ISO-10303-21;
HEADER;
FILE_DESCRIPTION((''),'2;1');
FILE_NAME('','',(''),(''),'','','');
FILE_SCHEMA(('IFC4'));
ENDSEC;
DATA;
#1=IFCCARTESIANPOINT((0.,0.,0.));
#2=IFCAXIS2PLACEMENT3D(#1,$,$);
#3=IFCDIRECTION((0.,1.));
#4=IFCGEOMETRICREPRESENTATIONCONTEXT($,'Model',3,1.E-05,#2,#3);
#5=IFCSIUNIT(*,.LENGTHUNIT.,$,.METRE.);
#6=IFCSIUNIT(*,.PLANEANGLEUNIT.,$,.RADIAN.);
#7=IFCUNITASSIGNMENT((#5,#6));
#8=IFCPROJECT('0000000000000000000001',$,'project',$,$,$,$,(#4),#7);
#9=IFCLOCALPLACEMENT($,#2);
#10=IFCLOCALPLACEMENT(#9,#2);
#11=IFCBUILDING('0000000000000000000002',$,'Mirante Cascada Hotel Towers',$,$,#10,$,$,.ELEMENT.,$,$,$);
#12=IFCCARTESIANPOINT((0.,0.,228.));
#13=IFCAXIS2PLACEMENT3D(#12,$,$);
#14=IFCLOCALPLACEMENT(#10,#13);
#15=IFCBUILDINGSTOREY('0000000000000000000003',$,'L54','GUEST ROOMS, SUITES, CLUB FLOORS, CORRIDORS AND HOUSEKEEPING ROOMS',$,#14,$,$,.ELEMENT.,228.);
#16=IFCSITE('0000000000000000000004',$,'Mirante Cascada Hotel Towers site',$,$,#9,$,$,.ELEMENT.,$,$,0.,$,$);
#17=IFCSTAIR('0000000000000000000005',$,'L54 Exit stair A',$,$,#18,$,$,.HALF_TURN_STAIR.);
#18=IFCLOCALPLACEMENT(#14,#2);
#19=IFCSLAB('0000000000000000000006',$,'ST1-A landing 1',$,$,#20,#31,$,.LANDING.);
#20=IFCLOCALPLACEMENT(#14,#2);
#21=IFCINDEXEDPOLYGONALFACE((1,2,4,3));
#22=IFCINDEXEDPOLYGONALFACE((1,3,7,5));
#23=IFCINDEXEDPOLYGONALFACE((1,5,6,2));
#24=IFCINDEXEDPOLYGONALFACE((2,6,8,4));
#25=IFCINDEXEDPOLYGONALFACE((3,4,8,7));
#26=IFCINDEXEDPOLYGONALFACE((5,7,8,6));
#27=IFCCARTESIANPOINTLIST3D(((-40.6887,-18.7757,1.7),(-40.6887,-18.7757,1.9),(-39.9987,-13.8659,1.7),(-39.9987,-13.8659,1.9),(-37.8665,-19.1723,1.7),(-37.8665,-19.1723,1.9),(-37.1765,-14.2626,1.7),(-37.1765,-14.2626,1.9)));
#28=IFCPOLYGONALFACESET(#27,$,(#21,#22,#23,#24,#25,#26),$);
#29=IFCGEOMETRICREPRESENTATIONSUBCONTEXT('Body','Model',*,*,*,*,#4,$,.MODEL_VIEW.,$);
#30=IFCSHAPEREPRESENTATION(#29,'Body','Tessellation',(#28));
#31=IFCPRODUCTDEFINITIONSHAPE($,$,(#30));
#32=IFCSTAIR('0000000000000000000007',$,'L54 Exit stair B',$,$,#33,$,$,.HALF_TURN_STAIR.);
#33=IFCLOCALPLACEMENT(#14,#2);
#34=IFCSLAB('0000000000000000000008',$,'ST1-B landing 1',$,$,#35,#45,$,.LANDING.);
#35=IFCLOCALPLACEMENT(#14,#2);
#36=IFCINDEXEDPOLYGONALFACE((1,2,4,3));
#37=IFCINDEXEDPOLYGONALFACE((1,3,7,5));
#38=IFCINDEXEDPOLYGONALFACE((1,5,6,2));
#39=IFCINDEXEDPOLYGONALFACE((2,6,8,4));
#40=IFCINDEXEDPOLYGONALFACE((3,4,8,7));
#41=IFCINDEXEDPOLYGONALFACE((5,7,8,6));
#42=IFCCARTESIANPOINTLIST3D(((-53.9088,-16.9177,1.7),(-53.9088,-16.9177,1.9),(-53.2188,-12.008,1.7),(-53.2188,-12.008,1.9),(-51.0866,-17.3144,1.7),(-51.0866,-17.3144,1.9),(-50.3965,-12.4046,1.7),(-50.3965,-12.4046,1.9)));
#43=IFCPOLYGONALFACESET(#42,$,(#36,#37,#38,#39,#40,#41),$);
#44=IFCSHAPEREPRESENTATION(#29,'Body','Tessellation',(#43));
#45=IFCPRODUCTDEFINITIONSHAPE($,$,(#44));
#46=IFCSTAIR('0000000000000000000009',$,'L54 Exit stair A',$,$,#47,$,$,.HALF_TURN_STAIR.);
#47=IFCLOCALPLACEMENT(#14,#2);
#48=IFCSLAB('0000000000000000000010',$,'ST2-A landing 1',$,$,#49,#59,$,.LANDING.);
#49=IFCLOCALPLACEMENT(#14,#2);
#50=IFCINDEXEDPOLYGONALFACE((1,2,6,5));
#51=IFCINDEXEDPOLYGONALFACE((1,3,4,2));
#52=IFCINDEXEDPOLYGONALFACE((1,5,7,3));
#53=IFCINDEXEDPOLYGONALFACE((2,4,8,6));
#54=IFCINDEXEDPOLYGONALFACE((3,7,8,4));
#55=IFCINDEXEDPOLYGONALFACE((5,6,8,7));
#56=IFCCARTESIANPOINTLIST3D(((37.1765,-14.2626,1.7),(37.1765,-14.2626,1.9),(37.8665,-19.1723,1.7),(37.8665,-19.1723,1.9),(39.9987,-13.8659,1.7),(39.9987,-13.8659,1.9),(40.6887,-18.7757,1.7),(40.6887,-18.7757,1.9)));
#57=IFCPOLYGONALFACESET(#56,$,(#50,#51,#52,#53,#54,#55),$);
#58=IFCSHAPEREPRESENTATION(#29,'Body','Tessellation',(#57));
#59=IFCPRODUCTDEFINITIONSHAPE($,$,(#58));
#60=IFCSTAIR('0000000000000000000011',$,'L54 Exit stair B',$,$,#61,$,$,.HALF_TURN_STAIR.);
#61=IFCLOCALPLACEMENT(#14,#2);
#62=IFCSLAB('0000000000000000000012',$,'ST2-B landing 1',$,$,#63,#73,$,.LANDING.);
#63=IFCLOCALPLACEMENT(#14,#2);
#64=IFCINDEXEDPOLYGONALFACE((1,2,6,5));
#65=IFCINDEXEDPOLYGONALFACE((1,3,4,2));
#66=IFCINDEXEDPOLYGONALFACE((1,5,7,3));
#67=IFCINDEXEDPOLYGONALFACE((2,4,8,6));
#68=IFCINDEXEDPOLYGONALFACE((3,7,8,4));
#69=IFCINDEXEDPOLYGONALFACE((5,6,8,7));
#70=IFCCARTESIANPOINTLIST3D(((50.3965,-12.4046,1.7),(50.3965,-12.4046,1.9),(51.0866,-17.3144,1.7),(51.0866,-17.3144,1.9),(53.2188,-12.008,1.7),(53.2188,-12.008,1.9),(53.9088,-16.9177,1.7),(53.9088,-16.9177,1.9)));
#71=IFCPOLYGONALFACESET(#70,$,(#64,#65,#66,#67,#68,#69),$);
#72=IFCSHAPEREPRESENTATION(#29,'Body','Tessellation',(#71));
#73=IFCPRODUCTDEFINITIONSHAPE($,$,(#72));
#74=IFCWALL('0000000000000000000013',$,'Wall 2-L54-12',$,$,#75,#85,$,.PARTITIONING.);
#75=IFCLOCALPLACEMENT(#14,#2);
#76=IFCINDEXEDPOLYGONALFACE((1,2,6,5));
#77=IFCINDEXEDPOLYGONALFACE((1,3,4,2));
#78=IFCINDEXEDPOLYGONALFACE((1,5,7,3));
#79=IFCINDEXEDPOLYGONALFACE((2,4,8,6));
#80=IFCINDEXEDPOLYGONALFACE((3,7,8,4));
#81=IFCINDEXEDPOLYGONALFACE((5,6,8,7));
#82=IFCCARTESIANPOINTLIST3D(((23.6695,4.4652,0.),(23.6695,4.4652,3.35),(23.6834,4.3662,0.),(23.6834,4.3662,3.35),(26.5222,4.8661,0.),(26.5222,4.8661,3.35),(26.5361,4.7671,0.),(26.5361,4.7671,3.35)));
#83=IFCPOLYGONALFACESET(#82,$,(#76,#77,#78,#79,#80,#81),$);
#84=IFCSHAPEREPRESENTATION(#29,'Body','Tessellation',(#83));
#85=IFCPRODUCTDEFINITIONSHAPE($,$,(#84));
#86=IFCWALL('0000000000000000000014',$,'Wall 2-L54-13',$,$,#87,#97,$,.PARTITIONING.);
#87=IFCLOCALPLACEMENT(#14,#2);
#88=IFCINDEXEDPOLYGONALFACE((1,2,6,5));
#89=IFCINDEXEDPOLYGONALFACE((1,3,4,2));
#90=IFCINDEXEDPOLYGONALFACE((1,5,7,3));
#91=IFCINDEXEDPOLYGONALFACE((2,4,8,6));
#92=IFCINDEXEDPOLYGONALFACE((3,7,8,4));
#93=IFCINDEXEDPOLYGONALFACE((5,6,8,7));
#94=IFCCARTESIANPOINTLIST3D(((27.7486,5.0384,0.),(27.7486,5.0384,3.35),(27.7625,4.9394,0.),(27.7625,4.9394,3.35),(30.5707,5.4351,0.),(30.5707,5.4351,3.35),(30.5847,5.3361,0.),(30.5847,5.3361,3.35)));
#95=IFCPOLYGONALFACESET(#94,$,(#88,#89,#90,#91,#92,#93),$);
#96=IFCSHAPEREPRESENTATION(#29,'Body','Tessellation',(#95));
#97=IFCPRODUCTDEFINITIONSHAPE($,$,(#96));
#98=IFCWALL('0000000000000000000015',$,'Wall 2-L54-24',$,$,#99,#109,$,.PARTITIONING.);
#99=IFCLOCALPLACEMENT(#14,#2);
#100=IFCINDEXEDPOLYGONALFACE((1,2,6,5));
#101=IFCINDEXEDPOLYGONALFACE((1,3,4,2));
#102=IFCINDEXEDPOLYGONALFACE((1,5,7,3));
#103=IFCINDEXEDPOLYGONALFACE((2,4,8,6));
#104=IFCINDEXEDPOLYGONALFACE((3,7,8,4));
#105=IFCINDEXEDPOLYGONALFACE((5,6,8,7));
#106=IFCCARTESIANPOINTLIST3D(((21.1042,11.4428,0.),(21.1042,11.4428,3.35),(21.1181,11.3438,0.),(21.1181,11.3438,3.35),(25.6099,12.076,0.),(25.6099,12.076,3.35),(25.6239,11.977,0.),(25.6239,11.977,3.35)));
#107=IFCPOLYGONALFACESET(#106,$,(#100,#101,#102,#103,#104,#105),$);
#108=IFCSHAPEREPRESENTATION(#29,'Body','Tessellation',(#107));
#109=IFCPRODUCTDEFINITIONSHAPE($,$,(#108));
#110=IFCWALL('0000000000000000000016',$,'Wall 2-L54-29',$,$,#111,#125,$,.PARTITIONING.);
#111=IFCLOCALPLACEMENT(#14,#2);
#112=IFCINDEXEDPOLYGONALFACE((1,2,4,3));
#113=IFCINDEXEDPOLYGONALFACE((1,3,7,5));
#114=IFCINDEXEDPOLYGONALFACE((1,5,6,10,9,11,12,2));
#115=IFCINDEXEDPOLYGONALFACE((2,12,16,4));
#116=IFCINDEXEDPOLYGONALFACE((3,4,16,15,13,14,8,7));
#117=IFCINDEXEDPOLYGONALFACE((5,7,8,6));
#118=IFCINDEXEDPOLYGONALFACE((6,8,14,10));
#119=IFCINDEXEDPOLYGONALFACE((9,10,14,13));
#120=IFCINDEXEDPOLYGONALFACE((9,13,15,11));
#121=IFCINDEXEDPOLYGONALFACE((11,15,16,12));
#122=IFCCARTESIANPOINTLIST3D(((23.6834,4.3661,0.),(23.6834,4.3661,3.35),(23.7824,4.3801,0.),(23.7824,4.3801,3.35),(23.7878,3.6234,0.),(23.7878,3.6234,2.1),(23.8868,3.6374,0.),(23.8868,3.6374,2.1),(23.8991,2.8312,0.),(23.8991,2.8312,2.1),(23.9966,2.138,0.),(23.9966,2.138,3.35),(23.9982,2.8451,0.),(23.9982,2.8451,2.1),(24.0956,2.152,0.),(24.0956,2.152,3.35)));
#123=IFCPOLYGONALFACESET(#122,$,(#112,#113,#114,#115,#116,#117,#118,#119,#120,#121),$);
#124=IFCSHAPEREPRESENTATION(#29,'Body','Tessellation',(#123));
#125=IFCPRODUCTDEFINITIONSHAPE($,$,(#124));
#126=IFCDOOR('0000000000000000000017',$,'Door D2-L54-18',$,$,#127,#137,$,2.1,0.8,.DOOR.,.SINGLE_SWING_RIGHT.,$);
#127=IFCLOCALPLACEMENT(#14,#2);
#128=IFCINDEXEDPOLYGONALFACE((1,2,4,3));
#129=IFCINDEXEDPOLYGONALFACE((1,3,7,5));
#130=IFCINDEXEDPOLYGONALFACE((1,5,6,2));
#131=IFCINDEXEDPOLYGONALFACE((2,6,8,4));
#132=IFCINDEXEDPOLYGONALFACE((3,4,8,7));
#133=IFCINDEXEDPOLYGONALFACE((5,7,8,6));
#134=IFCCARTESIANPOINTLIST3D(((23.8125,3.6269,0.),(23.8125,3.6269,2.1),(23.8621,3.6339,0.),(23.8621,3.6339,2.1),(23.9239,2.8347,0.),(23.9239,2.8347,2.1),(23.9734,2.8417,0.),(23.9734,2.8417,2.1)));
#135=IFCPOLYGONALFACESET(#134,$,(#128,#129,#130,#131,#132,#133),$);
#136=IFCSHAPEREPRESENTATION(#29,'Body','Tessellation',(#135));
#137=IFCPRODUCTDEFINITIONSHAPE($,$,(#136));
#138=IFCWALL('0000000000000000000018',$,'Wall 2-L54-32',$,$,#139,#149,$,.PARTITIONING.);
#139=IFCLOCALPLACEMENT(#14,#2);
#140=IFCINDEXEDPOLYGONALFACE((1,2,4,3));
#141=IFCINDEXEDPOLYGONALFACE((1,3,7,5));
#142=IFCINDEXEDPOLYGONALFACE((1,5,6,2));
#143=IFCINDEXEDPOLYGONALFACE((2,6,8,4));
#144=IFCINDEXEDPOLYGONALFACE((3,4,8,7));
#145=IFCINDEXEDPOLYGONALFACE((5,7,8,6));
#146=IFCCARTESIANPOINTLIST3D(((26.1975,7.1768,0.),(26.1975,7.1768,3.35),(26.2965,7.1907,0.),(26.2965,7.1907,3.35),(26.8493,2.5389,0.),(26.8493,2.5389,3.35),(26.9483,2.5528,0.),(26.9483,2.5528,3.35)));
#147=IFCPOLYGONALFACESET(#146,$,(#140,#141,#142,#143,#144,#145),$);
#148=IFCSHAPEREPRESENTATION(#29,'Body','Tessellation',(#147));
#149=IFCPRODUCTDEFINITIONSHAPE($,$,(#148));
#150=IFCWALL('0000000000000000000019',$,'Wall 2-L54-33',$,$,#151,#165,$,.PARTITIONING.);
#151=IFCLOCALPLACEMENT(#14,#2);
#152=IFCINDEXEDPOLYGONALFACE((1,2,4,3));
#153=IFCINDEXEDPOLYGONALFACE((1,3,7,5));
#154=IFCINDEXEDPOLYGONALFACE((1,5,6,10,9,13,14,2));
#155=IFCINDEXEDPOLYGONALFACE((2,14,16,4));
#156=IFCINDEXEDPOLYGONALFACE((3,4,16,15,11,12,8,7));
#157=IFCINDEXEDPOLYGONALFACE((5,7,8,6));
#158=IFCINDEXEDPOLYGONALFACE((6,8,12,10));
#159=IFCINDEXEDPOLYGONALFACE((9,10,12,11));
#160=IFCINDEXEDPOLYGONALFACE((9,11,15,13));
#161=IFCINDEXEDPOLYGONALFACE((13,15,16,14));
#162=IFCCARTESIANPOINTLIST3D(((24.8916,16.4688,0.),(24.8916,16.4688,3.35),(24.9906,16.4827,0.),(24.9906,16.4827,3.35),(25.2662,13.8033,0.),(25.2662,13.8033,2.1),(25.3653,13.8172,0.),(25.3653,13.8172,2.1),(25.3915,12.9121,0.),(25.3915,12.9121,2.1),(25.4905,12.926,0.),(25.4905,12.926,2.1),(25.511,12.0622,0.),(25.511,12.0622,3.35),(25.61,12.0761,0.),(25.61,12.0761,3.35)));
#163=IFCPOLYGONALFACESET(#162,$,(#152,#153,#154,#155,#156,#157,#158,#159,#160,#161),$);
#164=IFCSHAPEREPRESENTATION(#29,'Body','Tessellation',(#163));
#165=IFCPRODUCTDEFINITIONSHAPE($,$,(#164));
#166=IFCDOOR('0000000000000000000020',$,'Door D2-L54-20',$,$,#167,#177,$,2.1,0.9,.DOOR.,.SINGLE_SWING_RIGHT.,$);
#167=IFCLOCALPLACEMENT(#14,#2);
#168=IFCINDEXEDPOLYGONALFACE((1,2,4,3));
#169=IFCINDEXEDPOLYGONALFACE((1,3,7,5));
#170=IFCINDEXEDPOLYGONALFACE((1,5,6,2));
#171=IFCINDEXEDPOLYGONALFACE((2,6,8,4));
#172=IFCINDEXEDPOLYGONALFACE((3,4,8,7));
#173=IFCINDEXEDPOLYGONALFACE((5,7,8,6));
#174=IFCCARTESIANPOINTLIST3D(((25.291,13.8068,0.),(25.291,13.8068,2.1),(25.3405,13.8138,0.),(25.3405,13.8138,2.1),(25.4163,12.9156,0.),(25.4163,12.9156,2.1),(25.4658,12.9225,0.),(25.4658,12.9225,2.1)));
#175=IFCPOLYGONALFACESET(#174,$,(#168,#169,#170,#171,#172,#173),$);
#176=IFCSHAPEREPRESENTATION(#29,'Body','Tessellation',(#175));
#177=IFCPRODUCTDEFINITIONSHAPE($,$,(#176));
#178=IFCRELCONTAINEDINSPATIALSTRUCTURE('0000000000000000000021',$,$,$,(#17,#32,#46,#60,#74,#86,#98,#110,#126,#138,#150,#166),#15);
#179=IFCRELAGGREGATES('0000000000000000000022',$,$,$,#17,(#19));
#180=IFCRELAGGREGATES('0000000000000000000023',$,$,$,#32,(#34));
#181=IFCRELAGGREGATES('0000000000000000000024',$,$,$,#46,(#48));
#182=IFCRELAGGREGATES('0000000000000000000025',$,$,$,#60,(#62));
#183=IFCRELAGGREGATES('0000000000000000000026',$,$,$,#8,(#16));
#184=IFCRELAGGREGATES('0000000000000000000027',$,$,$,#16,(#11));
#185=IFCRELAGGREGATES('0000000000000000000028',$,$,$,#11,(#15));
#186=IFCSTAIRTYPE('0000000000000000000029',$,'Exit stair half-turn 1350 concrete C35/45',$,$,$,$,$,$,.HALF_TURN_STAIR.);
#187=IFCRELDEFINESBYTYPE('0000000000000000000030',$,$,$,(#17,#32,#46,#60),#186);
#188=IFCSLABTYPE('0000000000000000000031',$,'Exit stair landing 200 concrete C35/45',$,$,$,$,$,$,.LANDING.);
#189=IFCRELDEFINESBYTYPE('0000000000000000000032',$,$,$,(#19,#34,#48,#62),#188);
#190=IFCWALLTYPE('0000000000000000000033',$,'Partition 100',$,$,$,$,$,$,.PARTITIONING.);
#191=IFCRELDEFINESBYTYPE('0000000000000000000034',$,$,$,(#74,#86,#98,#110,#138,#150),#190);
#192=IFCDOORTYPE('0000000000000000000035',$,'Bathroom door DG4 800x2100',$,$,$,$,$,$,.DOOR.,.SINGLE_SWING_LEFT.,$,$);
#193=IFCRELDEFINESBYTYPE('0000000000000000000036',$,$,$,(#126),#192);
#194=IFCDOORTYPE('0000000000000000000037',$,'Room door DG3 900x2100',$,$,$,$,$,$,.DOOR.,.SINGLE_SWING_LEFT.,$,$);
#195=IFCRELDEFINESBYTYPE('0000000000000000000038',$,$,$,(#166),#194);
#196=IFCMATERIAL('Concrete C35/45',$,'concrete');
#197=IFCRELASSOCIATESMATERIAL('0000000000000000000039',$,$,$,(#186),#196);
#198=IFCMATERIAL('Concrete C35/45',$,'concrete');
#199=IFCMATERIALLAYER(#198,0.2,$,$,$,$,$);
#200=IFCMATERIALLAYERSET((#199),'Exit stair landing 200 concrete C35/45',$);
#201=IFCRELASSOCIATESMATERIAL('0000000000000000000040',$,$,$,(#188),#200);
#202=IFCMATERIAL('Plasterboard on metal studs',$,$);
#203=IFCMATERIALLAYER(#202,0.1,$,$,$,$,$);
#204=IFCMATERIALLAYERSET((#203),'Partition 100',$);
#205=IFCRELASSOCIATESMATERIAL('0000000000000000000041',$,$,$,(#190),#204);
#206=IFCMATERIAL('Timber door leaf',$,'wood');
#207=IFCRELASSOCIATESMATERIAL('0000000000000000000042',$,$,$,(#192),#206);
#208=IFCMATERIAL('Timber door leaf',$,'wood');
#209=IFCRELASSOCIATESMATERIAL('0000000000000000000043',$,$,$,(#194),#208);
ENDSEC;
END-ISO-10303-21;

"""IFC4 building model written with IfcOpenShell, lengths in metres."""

from ifc_helpers import new_model, si_unit, direction, frame, frame_2d, origin, place, context, subcontext, project, spatial, polyline, rectangle, outline, extrude, material, layer, layer_set, type_object, element, fill, aggregate, save


model = new_model("IFC4")

# Units and contexts
model_context = context("Model", 3, precision=1e-05, world=origin(), true_north=direction((0.0, 1.0)))
body_context = subcontext(model_context, "Body", "Model", "MODEL_VIEW")
ifc_project = project(units=[si_unit("LENGTHUNIT", "METRE"), si_unit("PLANEANGLEUNIT", "RADIAN")], contexts=[model_context])

# Site, building, storey
site_placement = place(None, origin())
site = spatial("IfcSite", under=ifc_project, at=site_placement, Name="Mirante Cascada Hotel Towers site", CompositionType="ELEMENT", RefElevation=0.0)
building_placement = place(site_placement, origin())
building = spatial("IfcBuilding", under=site, at=building_placement, Name="Mirante Cascada Hotel Towers", CompositionType="ELEMENT")
storey_placement = place(building_placement, frame((0.0, 0.0, 228.0)))
storey = spatial("IfcBuildingStorey", under=building, at=storey_placement, Name="L54", Description="GUEST ROOMS, SUITES, CLUB FLOORS, CORRIDORS AND HOUSEKEEPING ROOMS", CompositionType="ELEMENT", Elevation=228.0)

# Stairs, slabs
ifc_material_1 = material(Name="Concrete C35/45", Category="concrete")
stair_type = type_object("IfcStairType", Name="Exit stair half-turn 1350 concrete C35/45", PredefinedType="HALF_TURN_STAIR", material=ifc_material_1)
stair_1_placement = place(storey_placement, origin())
stair_1 = element("IfcStair", 1, at=stair_1_placement, inside=storey, type_object=stair_type, Name="L54 Exit stair A", PredefinedType="HALF_TURN_STAIR")
ifc_material_2 = material(Name="Concrete C35/45", Category="concrete")
ifc_layer_1 = layer(ifc_material_2, 0.2)
ifc_layer_set_1 = layer_set([ifc_layer_1], Name="Exit stair landing 200 concrete C35/45")
slab_type = type_object("IfcSlabType", Name="Exit stair landing 200 concrete C35/45", PredefinedType="LANDING", material=ifc_layer_set_1)
slab_1_placement = place(storey_placement, frame((0.0, 0.0, 1.7)))
slab_1 = element("IfcSlab", 2, at=slab_1_placement, type_object=slab_type, Name="ST1-A landing 1", PredefinedType="LANDING", context=body_context, shape_type="SweptSolid", body=[
    extrude(outline(polyline([(-39.9987, -13.8659), (-40.6887, -18.7757), (-37.8665, -19.1723), (-37.1765, -14.2626), (-39.9987, -13.8659)])), origin(), (0.0, 0.0, 1.0), 0.2),
])
aggregate(stair_1, [slab_1])
stair_2_placement = place(storey_placement, origin())
stair_2 = element("IfcStair", 3, at=stair_2_placement, inside=storey, type_object=stair_type, Name="L54 Exit stair B", PredefinedType="HALF_TURN_STAIR")
slab_2_placement = place(storey_placement, frame((0.0, 0.0, 1.7)))
slab_2 = element("IfcSlab", 4, at=slab_2_placement, type_object=slab_type, Name="ST1-B landing 1", PredefinedType="LANDING", context=body_context, shape_type="SweptSolid", body=[
    extrude(outline(polyline([(-53.2188, -12.008), (-53.9088, -16.9177), (-51.0866, -17.3144), (-50.3965, -12.4046), (-53.2188, -12.008)])), origin(), (0.0, 0.0, 1.0), 0.2),
])
aggregate(stair_2, [slab_2])
stair_3_placement = place(storey_placement, origin())
stair_3 = element("IfcStair", 5, at=stair_3_placement, inside=storey, type_object=stair_type, Name="L54 Exit stair A", PredefinedType="HALF_TURN_STAIR")
slab_3_placement = place(storey_placement, frame((0.0, 0.0, 1.7)))
slab_3 = element("IfcSlab", 6, at=slab_3_placement, type_object=slab_type, Name="ST2-A landing 1", PredefinedType="LANDING", context=body_context, shape_type="SweptSolid", body=[
    extrude(outline(polyline([(37.1765, -14.2626), (37.8665, -19.1723), (40.6887, -18.7757), (39.9987, -13.8659), (37.1765, -14.2626)])), origin(), (0.0, 0.0, 1.0), 0.2),
])
aggregate(stair_3, [slab_3])
stair_4_placement = place(storey_placement, origin())
stair_4 = element("IfcStair", 7, at=stair_4_placement, inside=storey, type_object=stair_type, Name="L54 Exit stair B", PredefinedType="HALF_TURN_STAIR")
slab_4_placement = place(storey_placement, frame((0.0, 0.0, 1.7)))
slab_4 = element("IfcSlab", 8, at=slab_4_placement, type_object=slab_type, Name="ST2-B landing 1", PredefinedType="LANDING", context=body_context, shape_type="SweptSolid", body=[
    extrude(outline(polyline([(50.3965, -12.4046), (51.0866, -17.3144), (53.9088, -16.9177), (53.2188, -12.008), (50.3965, -12.4046)])), origin(), (0.0, 0.0, 1.0), 0.2),
])
aggregate(stair_4, [slab_4])

# Walls
ifc_material_3 = material(Name="Plasterboard on metal studs")
ifc_layer_2 = layer(ifc_material_3, 0.1)
ifc_layer_set_2 = layer_set([ifc_layer_2], Name="Partition 100")
wall_type_1 = type_object("IfcWallType", Name="Partition 100", PredefinedType="PARTITIONING", material=ifc_layer_set_2)
wall_1_placement = place(storey_placement, frame((26.5292, 4.8166, 0.0), z_axis=(0.0, 0.0, 1.0), x_axis=(-0.990269, -0.139166, 0.0)))
element("IfcWall", 9, at=wall_1_placement, inside=storey, type_object=wall_type_1, Name="Wall 2-L54-12", PredefinedType="PARTITIONING", context=body_context, shape_type="SweptSolid", body=[
    extrude(rectangle(XDim=2.8807, YDim=0.1, at=frame_2d((1.4404, 0.0))), origin(), (0.0, 0.0, 1.0), 3.35),
])
wall_2_placement = place(storey_placement, frame((27.7555, 4.9889, 0.0), z_axis=(0.0, 0.0, 1.0), x_axis=(0.990265, 0.139196, 0.0)))
element("IfcWall", 10, at=wall_2_placement, inside=storey, type_object=wall_type_1, Name="Wall 2-L54-13", PredefinedType="PARTITIONING", context=body_context, shape_type="SweptSolid", body=[
    extrude(rectangle(XDim=2.8499, YDim=0.1, at=frame_2d((1.425, 0.0))), origin(), (0.0, 0.0, 1.0), 3.35),
])
wall_3_placement = place(storey_placement, frame((25.6169, 12.0265, 0.0), z_axis=(0.0, 0.0, 1.0), x_axis=(-0.990269, -0.139166, 0.0)))
element("IfcWall", 11, at=wall_3_placement, inside=storey, type_object=wall_type_1, Name="Wall 2-L54-24", PredefinedType="PARTITIONING", context=body_context, shape_type="SweptSolid", body=[
    extrude(rectangle(XDim=4.55, YDim=0.1, at=frame_2d((2.275, 0.0))), origin(), (0.0, 0.0, 1.0), 3.35),
])

# Wall, opening, door
wall_4_placement = place(storey_placement, frame((24.0461, 2.145, 0.0), z_axis=(0.0, 0.0, 1.0), x_axis=(-0.1392, 0.990264, 0.0)))
wall_4 = element("IfcWall", 12, at=wall_4_placement, inside=storey, type_object=wall_type_1, Name="Wall 2-L54-29", PredefinedType="PARTITIONING", context=body_context, shape_type="SweptSolid", body=[
    extrude(rectangle(XDim=2.25, YDim=0.1, at=frame_2d((1.125, 0.0))), origin(), (0.0, 0.0, 1.0), 3.35),
])
opening_1_placement = place(wall_4_placement, frame((0.7, 0.0, 0.0)))
opening_1 = element("IfcOpeningElement", 13, at=opening_1_placement, cuts=wall_4, PredefinedType="OPENING", context=body_context, shape_type="SweptSolid", body=[
    extrude(rectangle(XDim=0.8, YDim=2.1, at=frame_2d((0.4, 1.05))), frame((0.0, 0.05, 0.0), z_axis=(0.0, -1.0, 0.0), x_axis=(1.0, 0.0, 0.0)), (0.0, 0.0, 1.0), 0.1),
])
ifc_material_4 = material(Name="Timber door leaf", Category="wood")
door_type_1 = type_object("IfcDoorType", Name="Bathroom door DG4 800x2100", OperationType="SINGLE_SWING_LEFT", PredefinedType="DOOR", material=ifc_material_4)
door_1_placement = place(opening_1_placement, frame((0.8, 0.0, 0.0), z_axis=(0.0, 0.0, 1.0), x_axis=(-1.0, 0.0, 0.0)))
door_1 = element("IfcDoor", 14, at=door_1_placement, inside=storey, type_object=door_type_1, Name="Door D2-L54-18", OperationType="SINGLE_SWING_RIGHT", OverallHeight=2.1, OverallWidth=0.8, PredefinedType="DOOR", context=body_context, shape_type="SweptSolid", body=[
    extrude(rectangle(XDim=0.8, YDim=2.1, at=frame_2d((0.4, 1.05))), frame((0.0, 0.025, 0.0), z_axis=(0.0, -1.0, 0.0), x_axis=(1.0, 0.0, 0.0)), (0.0, 0.0, 1.0), 0.05),
])
fill(opening_1, door_1)

# Wall
wall_5_placement = place(storey_placement, frame((26.247, 7.1838, 0.0), z_axis=(0.0, 0.0, 1.0), x_axis=(0.13917, -0.990268, 0.0)))
element("IfcWall", 15, at=wall_5_placement, inside=storey, type_object=wall_type_1, Name="Wall 2-L54-32", PredefinedType="PARTITIONING", context=body_context, shape_type="SweptSolid", body=[
    extrude(rectangle(XDim=4.6835, YDim=0.1, at=frame_2d((2.3418, 0.0))), origin(), (0.0, 0.0, 1.0), 3.35),
])

# Wall, opening, door
wall_6_placement = place(storey_placement, frame((25.5605, 12.0691, 0.0), z_axis=(0.0, 0.0, 1.0), x_axis=(-0.139193, 0.990265, 0.0)))
wall_6 = element("IfcWall", 16, at=wall_6_placement, inside=storey, type_object=wall_type_1, Name="Wall 2-L54-33", PredefinedType="PARTITIONING", context=body_context, shape_type="SweptSolid", body=[
    extrude(rectangle(XDim=4.4499, YDim=0.1, at=frame_2d((2.225, 0.0))), origin(), (0.0, 0.0, 1.0), 3.35),
])
opening_2_placement = place(wall_6_placement, frame((0.8583, 0.0, 0.0)))
opening_2 = element("IfcOpeningElement", 17, at=opening_2_placement, cuts=wall_6, PredefinedType="OPENING", context=body_context, shape_type="SweptSolid", body=[
    extrude(rectangle(XDim=0.9, YDim=2.1, at=frame_2d((0.45, 1.05))), frame((0.0, 0.05, 0.0), z_axis=(0.0, -1.0, 0.0), x_axis=(1.0, 0.0, 0.0)), (0.0, 0.0, 1.0), 0.1),
])
ifc_material_5 = material(Name="Timber door leaf", Category="wood")
door_type_2 = type_object("IfcDoorType", Name="Room door DG3 900x2100", OperationType="SINGLE_SWING_LEFT", PredefinedType="DOOR", material=ifc_material_5)
door_2_placement = place(opening_2_placement, frame((0.9, 0.0, 0.0), z_axis=(0.0, 0.0, 1.0), x_axis=(-1.0, 0.0, 0.0)))
door_2 = element("IfcDoor", 18, at=door_2_placement, inside=storey, type_object=door_type_2, Name="Door D2-L54-20", OperationType="SINGLE_SWING_RIGHT", OverallHeight=2.1, OverallWidth=0.9, PredefinedType="DOOR", context=body_context, shape_type="SweptSolid", body=[
    extrude(rectangle(XDim=0.9, YDim=2.1, at=frame_2d((0.45, 1.05))), frame((0.0, 0.025, 0.0), z_axis=(0.0, -1.0, 0.0), x_axis=(1.0, 0.0, 0.0)), (0.0, 0.0, 1.0), 0.05),
])
fill(opening_2, door_2)

save(model, "model.ifc")
